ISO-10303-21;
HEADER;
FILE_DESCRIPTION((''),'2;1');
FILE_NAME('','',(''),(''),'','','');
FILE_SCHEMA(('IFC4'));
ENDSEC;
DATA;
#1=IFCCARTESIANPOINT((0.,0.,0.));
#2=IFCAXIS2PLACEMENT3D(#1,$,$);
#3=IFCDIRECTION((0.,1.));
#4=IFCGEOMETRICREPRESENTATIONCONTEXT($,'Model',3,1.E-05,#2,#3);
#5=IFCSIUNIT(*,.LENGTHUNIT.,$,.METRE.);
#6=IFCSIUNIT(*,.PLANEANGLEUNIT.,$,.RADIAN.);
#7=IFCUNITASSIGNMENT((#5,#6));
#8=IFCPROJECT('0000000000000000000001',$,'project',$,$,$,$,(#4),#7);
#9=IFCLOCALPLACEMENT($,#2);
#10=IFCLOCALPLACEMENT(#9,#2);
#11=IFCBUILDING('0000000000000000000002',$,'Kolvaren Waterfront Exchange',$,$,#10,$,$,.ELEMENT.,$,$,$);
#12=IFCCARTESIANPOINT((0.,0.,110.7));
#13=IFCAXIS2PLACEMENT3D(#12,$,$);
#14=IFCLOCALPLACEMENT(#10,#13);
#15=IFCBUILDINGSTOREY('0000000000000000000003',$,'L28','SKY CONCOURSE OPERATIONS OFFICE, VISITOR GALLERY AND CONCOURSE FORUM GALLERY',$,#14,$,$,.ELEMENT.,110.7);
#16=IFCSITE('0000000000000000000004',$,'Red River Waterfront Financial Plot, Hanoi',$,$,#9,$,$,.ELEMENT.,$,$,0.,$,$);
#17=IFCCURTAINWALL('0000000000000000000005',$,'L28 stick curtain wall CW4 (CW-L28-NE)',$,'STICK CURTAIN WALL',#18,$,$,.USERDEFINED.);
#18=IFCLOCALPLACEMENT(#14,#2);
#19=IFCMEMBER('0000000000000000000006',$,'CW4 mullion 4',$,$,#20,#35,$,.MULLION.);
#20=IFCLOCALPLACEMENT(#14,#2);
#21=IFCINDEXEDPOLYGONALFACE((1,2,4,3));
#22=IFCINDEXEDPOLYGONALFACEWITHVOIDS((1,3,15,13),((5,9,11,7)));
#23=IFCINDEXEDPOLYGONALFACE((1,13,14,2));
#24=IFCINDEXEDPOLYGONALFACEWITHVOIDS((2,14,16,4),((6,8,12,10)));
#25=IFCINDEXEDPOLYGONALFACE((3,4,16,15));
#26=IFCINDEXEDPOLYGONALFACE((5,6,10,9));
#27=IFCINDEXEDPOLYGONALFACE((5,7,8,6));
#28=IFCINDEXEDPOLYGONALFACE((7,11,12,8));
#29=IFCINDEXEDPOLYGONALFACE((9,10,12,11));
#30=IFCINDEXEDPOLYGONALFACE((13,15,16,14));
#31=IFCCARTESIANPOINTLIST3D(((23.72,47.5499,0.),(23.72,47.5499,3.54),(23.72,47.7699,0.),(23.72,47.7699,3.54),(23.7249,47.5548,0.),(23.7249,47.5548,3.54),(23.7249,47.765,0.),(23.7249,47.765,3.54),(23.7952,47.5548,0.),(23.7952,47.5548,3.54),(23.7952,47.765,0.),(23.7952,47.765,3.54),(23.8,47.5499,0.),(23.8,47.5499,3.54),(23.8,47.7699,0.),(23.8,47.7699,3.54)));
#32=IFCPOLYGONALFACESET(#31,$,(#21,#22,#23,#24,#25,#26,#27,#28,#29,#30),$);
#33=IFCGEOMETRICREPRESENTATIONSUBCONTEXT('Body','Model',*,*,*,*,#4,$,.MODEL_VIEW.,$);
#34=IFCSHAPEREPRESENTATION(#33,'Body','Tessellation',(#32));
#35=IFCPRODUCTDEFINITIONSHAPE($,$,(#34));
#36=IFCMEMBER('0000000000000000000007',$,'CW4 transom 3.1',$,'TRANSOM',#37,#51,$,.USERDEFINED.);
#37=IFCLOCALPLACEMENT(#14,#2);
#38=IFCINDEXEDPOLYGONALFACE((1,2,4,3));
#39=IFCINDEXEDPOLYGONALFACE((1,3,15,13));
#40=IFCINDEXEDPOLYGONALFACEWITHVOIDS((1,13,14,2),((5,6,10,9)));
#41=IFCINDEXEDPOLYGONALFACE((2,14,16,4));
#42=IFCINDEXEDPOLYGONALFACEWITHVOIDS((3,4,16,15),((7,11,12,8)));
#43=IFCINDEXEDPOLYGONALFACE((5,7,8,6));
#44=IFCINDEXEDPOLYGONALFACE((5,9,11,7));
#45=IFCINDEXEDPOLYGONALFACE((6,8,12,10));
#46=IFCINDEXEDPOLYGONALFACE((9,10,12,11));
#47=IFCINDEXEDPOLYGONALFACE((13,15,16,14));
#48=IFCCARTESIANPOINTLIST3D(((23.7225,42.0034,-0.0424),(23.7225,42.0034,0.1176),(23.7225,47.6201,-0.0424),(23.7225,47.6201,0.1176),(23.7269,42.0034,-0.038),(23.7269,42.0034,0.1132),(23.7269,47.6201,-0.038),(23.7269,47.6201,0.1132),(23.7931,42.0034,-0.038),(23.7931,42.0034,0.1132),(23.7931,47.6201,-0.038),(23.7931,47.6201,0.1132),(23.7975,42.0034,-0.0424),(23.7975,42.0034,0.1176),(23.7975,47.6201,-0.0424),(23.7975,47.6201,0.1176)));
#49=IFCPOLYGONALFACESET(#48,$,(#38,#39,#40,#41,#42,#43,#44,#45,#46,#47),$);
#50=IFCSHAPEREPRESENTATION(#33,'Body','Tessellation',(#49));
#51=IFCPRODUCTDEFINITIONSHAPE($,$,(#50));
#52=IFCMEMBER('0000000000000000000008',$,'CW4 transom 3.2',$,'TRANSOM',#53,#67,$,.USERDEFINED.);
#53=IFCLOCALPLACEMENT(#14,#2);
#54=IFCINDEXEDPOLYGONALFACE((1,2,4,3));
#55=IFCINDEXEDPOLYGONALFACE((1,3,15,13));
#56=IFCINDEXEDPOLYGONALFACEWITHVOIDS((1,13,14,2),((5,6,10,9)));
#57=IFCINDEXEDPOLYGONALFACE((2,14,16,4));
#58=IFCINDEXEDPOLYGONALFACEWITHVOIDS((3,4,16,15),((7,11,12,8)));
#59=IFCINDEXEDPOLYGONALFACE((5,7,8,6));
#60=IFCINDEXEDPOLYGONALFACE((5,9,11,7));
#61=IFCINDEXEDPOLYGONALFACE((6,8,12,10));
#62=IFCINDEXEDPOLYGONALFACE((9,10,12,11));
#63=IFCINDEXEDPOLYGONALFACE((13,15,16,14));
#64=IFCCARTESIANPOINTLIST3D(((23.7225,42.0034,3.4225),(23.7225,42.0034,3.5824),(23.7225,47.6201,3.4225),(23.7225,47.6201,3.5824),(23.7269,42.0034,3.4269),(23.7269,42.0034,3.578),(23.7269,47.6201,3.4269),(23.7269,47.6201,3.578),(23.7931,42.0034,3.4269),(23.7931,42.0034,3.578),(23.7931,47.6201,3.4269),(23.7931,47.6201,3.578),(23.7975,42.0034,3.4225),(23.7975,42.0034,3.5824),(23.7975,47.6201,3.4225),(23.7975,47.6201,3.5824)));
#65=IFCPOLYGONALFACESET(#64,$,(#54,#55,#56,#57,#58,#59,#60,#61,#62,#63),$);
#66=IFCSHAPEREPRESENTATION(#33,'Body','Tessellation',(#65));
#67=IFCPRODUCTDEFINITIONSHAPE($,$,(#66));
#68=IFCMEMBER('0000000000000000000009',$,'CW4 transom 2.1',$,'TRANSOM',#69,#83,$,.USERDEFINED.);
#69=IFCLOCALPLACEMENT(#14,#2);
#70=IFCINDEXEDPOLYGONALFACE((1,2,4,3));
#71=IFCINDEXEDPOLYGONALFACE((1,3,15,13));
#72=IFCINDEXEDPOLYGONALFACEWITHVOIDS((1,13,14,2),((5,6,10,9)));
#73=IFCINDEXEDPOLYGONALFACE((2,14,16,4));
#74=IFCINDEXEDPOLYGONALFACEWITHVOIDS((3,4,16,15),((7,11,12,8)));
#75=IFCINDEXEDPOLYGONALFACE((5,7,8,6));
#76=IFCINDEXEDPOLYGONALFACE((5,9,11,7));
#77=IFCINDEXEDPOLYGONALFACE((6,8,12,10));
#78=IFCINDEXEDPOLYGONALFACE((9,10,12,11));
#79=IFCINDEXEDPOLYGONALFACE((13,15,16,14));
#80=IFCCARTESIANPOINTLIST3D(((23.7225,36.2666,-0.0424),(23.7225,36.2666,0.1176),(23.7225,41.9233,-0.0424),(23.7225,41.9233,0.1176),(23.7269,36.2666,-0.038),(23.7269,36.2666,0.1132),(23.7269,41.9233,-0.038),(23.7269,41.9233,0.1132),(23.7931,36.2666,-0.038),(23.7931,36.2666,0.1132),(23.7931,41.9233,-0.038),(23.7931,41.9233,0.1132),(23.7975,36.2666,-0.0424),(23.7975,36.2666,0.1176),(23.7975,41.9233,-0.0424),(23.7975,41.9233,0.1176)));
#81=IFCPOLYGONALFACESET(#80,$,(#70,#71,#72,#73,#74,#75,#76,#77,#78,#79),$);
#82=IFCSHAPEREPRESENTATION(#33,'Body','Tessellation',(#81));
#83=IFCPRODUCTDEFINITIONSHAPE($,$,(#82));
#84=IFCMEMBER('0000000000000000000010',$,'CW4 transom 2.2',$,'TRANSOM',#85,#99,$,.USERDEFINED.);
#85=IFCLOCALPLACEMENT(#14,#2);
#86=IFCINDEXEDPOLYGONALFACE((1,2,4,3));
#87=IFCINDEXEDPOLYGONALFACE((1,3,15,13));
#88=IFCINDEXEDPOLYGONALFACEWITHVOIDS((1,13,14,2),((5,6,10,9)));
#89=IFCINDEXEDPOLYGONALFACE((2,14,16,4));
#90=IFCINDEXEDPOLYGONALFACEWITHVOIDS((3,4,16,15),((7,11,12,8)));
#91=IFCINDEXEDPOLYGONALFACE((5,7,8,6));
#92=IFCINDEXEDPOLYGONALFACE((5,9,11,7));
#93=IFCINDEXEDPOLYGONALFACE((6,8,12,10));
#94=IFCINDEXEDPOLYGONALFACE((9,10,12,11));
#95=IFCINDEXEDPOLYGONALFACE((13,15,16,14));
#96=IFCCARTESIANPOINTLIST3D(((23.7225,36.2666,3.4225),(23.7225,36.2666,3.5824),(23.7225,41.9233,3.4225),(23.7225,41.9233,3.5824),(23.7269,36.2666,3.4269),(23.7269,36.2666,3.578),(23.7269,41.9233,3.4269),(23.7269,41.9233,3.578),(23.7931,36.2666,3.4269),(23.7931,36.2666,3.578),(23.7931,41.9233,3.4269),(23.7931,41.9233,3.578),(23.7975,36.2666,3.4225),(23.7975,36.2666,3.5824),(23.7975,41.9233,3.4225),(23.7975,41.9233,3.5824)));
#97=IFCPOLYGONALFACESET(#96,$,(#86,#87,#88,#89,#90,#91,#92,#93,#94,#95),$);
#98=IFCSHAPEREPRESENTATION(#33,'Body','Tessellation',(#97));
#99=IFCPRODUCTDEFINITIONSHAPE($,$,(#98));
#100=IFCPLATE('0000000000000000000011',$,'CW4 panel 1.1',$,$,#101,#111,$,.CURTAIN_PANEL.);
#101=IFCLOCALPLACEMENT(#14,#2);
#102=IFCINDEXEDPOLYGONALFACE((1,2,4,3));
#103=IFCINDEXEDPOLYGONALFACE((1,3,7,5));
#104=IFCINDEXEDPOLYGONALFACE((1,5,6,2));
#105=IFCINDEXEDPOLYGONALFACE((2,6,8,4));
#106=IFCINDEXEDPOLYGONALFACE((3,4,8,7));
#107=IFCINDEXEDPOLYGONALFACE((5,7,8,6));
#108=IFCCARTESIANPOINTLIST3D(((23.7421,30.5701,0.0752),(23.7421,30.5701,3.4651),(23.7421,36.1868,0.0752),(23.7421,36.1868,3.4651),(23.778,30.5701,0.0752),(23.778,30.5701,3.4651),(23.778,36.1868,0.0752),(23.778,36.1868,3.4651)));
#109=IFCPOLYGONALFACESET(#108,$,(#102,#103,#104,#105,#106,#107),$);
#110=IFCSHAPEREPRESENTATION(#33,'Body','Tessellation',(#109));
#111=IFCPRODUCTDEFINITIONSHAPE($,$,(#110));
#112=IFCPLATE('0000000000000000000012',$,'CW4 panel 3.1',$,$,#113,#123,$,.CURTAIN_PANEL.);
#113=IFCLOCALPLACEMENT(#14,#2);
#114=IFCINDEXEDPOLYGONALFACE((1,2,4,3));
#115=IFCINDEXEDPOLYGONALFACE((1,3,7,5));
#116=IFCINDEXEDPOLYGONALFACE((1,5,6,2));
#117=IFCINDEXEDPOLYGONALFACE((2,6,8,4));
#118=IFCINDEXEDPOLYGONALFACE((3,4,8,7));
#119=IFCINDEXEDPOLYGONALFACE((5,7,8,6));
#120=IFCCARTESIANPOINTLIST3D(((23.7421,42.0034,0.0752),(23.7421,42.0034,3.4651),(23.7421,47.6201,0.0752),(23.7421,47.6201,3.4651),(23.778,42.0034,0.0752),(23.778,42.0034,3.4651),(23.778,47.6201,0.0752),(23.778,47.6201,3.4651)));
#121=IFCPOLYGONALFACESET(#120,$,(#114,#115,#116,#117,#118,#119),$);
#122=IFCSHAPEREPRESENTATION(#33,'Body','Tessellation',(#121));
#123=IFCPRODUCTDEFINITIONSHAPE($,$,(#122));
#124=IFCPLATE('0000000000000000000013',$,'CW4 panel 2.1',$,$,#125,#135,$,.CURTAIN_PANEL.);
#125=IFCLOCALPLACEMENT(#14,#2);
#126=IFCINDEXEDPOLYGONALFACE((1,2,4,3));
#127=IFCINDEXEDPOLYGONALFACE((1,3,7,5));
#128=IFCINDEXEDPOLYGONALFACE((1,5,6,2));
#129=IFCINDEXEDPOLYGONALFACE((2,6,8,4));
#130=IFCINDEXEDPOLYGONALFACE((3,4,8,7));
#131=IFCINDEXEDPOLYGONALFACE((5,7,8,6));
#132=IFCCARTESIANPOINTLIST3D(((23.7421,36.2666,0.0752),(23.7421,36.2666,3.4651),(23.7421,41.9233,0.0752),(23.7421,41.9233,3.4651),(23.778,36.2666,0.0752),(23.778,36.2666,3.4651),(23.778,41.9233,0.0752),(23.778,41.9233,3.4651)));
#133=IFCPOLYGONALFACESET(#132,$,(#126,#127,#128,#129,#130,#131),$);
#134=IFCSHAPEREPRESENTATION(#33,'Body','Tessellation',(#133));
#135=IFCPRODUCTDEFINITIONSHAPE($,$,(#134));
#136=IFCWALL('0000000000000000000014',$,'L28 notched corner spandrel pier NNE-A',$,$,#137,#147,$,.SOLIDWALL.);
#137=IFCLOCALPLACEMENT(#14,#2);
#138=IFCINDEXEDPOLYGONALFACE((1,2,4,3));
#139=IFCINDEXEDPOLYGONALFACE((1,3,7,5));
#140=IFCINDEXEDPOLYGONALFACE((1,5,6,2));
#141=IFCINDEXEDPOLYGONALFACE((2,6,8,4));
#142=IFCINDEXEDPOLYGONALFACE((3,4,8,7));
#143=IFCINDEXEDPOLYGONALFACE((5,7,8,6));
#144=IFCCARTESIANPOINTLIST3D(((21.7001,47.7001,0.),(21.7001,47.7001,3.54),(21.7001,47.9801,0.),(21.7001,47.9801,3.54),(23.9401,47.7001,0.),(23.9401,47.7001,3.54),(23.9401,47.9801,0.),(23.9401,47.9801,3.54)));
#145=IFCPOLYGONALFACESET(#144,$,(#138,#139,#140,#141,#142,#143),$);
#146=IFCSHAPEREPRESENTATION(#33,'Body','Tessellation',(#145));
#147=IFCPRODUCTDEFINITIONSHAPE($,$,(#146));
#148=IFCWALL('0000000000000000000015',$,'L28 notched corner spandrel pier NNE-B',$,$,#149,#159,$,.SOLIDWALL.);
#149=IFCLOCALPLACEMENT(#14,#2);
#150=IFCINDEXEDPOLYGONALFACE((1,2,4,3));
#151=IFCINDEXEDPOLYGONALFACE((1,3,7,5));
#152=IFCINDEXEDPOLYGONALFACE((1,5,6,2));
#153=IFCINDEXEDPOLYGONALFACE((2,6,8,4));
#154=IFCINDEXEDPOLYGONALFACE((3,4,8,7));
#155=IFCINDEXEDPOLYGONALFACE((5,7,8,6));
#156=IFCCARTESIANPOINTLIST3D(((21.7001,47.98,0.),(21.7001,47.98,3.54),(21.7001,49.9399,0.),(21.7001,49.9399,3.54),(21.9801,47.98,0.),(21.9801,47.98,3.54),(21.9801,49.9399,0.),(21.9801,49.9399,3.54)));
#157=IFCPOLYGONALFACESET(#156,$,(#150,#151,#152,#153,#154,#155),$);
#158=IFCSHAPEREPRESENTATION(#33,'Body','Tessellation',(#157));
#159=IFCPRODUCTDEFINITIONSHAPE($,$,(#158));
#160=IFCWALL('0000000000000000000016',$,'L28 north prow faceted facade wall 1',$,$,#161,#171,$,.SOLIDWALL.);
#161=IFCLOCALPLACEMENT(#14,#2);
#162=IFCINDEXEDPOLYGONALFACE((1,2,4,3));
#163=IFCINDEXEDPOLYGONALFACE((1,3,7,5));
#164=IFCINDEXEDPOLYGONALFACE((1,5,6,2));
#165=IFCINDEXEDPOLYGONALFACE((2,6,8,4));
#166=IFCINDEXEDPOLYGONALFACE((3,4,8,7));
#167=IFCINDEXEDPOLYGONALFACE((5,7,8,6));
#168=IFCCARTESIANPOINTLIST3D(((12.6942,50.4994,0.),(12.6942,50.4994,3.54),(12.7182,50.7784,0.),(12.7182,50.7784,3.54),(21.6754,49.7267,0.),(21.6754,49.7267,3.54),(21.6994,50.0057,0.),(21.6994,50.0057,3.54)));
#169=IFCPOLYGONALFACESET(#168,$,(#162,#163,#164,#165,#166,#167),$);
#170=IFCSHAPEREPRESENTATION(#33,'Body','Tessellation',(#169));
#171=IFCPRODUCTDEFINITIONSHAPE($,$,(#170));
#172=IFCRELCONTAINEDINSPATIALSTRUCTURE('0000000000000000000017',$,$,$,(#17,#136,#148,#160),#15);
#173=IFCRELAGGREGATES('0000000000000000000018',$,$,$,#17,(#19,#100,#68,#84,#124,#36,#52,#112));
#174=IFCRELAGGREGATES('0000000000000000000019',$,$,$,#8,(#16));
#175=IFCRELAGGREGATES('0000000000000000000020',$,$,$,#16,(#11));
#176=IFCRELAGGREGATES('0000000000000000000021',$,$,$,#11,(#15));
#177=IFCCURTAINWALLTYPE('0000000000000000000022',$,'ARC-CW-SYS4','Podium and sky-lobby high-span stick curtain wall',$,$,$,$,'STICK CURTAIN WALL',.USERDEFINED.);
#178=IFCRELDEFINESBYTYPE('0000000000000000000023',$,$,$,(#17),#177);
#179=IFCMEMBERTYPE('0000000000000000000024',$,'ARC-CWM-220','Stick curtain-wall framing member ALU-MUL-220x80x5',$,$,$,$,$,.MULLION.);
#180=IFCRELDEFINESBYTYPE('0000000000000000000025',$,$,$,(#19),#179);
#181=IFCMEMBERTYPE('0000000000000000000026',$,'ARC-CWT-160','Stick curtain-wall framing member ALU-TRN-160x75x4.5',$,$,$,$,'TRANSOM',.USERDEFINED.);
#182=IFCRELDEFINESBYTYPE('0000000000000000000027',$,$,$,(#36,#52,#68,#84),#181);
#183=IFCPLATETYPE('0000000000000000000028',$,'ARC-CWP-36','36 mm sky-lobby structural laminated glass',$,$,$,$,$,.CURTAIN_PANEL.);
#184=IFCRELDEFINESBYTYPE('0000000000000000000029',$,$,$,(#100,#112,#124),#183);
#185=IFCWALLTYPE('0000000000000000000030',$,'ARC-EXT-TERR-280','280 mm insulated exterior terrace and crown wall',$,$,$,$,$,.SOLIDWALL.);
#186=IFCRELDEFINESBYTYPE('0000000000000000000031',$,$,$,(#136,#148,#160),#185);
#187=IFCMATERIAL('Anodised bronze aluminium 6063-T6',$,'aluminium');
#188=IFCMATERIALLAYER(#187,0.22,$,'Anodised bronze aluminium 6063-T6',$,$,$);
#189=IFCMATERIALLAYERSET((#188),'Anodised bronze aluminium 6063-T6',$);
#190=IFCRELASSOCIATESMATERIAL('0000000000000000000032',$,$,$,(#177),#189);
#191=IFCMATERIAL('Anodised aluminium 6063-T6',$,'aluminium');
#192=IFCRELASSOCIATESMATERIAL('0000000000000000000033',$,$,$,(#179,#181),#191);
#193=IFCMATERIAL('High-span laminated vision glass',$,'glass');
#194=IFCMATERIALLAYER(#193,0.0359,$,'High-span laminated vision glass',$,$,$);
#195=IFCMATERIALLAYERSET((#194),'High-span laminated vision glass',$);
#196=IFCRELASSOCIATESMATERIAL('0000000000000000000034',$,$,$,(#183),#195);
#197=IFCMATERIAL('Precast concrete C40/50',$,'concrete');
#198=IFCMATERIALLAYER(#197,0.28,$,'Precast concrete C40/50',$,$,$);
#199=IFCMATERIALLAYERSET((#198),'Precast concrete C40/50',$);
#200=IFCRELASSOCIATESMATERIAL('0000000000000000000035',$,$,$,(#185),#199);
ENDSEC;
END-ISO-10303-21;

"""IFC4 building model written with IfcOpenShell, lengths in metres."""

from ifc_helpers import new_model, si_unit, direction, frame, frame_2d, origin, origin_with_axes, origin_2d, place, context, subcontext, project, spatial, rectangle, hollow_rectangle, extrude, source, transform, mapped, material, layer, layer_set, material_profile, profile_set, type_object, element, aggregate, save


model = new_model("IFC4")

# Units and contexts
model_context = context("Model", 3, precision=1e-05, world=origin(), true_north=direction((0.0, 1.0)))
body_context = subcontext(model_context, "Body", "Model", "MODEL_VIEW")
ifc_project = project(units=[si_unit("LENGTHUNIT", "METRE"), si_unit("PLANEANGLEUNIT", "RADIAN")], contexts=[model_context])

# Site, building, storey
site_placement = place(None, origin())
site = spatial("IfcSite", under=ifc_project, at=site_placement, Name="Red River Waterfront Financial Plot, Hanoi", CompositionType="ELEMENT", RefElevation=0.0)
building_placement = place(site_placement, origin())
building = spatial("IfcBuilding", under=site, at=building_placement, Name="Kolvaren Waterfront Exchange", CompositionType="ELEMENT")
storey_placement = place(building_placement, frame((0.0, 0.0, 110.7)))
storey = spatial("IfcBuildingStorey", under=building, at=storey_placement, Name="L28", Description="SKY CONCOURSE OPERATIONS OFFICE, VISITOR GALLERY AND CONCOURSE FORUM GALLERY", CompositionType="ELEMENT", Elevation=110.7)

# Curtain wall, members, plates
ifc_material_1 = material(Name="Anodised bronze aluminium 6063-T6", Category="aluminium")
ifc_layer_1 = layer(ifc_material_1, 0.22, Name="Anodised bronze aluminium 6063-T6")
ifc_layer_set_1 = layer_set([ifc_layer_1], Name="Anodised bronze aluminium 6063-T6")
curtain_wall_type = type_object("IfcCurtainWallType", Name="ARC-CW-SYS4", Description="Podium and sky-lobby high-span stick curtain wall", ElementType="STICK CURTAIN WALL", PredefinedType="USERDEFINED", material=ifc_layer_set_1)
curtain_wall_placement = place(storey_placement, origin())
curtain_wall = element("IfcCurtainWall", 1, at=curtain_wall_placement, inside=storey, type_object=curtain_wall_type, Name="L28 stick curtain wall CW4 (CW-L28-NE)", ObjectType="STICK CURTAIN WALL", PredefinedType="USERDEFINED")
ifc_material_2 = material(Name="Anodised aluminium 6063-T6", Category="aluminium")
ifc_material_profile_1 = material_profile(ifc_material_2, hollow_rectangle(XDim=0.0801, YDim=0.22, WallThickness=0.0049, at=origin_2d()), Name="ALU-MUL-220x80x5")
ifc_profile_set_1 = profile_set([ifc_material_profile_1], Name="Anodised aluminium 6063-T6")
member_type_1 = type_object("IfcMemberType", Name="ARC-CWM-220", Description="Stick curtain-wall framing member ALU-MUL-220x80x5", PredefinedType="MULLION", material=ifc_profile_set_1)
shared_shape_1 = source(origin_with_axes(), body_context, "Body", "SweptSolid", [
    extrude(hollow_rectangle(XDim=0.0801, YDim=0.22, WallThickness=0.0049, at=origin_2d()), origin(), (0.0, 0.0, 1.0), 3.54),
])
member_1_placement = place(storey_placement, frame((23.76, 47.6599, 0.0), z_axis=(0.0, 0.0, 1.0), x_axis=(-1.0, 0.0, 0.0)))
member_1 = element("IfcMember", 2, at=member_1_placement, type_object=member_type_1, Name="CW4 mullion 4", PredefinedType="MULLION", context=body_context, shape_type="MappedRepresentation", body=[
    mapped(shared_shape_1, transform((0.0, 0.0, 0.0), x_axis=(1.0, 0.0, 0.0), y_axis=(0.0, 1.0, 0.0), z_axis=(0.0, 0.0, 1.0), scale=1.0)),
])
ifc_material_profile_2 = material_profile(ifc_material_2, hollow_rectangle(XDim=0.075, YDim=0.1599, WallThickness=0.0044, at=origin_2d()), Name="ALU-TRN-160x75x4.5")
ifc_profile_set_2 = profile_set([ifc_material_profile_2], Name="Anodised aluminium 6063-T6")
member_type_2 = type_object("IfcMemberType", Name="ARC-CWT-160", Description="Stick curtain-wall framing member ALU-TRN-160x75x4.5", ElementType="TRANSOM", PredefinedType="USERDEFINED", material=ifc_profile_set_2)
shared_shape_2 = source(origin_with_axes(), body_context, "Body", "SweptSolid", [
    extrude(hollow_rectangle(XDim=0.075, YDim=0.1599, WallThickness=0.0044, at=origin_2d()), origin(), (0.0, 0.0, 1.0), 5.6167),
])
member_2_placement = place(storey_placement, frame((23.76, 42.0034, 0.0376), z_axis=(0.0, 1.0, 0.0), x_axis=(-1.0, 0.0, 0.0)))
member_2 = element("IfcMember", 3, at=member_2_placement, type_object=member_type_2, Name="CW4 transom 3.1", ObjectType="TRANSOM", PredefinedType="USERDEFINED", context=body_context, shape_type="MappedRepresentation", body=[
    mapped(shared_shape_2, transform((0.0, 0.0, 0.0), x_axis=(1.0, 0.0, 0.0), y_axis=(0.0, 1.0, 0.0), z_axis=(0.0, 0.0, 1.0), scale=1.0)),
])
member_3_placement = place(storey_placement, frame((23.76, 42.0034, 3.5024), z_axis=(0.0, 1.0, 0.0), x_axis=(-1.0, 0.0, 0.0)))
member_3 = element("IfcMember", 4, at=member_3_placement, type_object=member_type_2, Name="CW4 transom 3.2", ObjectType="TRANSOM", PredefinedType="USERDEFINED", context=body_context, shape_type="MappedRepresentation", body=[
    mapped(shared_shape_2, transform((0.0, 0.0, 0.0), x_axis=(1.0, 0.0, 0.0), y_axis=(0.0, 1.0, 0.0), z_axis=(0.0, 0.0, 1.0), scale=1.0)),
])
shared_shape_3 = source(origin_with_axes(), body_context, "Body", "SweptSolid", [
    extrude(hollow_rectangle(XDim=0.075, YDim=0.1599, WallThickness=0.0044, at=origin_2d()), origin(), (0.0, 0.0, 1.0), 5.6567),
])
member_4_placement = place(storey_placement, frame((23.76, 36.2666, 0.0376), z_axis=(0.0, 1.0, 0.0), x_axis=(-1.0, 0.0, 0.0)))
member_4 = element("IfcMember", 5, at=member_4_placement, type_object=member_type_2, Name="CW4 transom 2.1", ObjectType="TRANSOM", PredefinedType="USERDEFINED", context=body_context, shape_type="MappedRepresentation", body=[
    mapped(shared_shape_3, transform((0.0, 0.0, 0.0), x_axis=(1.0, 0.0, 0.0), y_axis=(0.0, 1.0, 0.0), z_axis=(0.0, 0.0, 1.0), scale=1.0)),
])
member_5_placement = place(storey_placement, frame((23.76, 36.2666, 3.5024), z_axis=(0.0, 1.0, 0.0), x_axis=(-1.0, 0.0, 0.0)))
member_5 = element("IfcMember", 6, at=member_5_placement, type_object=member_type_2, Name="CW4 transom 2.2", ObjectType="TRANSOM", PredefinedType="USERDEFINED", context=body_context, shape_type="MappedRepresentation", body=[
    mapped(shared_shape_3, transform((0.0, 0.0, 0.0), x_axis=(1.0, 0.0, 0.0), y_axis=(0.0, 1.0, 0.0), z_axis=(0.0, 0.0, 1.0), scale=1.0)),
])
ifc_material_3 = material(Name="High-span laminated vision glass", Category="glass")
ifc_layer_2 = layer(ifc_material_3, 0.0359, Name="High-span laminated vision glass")
ifc_layer_set_2 = layer_set([ifc_layer_2], Name="High-span laminated vision glass")
plate_type = type_object("IfcPlateType", Name="ARC-CWP-36", Description="36 mm sky-lobby structural laminated glass", PredefinedType="CURTAIN_PANEL", material=ifc_layer_set_2)
shared_shape_4 = source(origin_with_axes(), body_context, "Body", "SweptSolid", [
    extrude(rectangle(XDim=5.6167, YDim=0.0359, at=origin_2d()), origin(), (0.0, 0.0, 1.0), 3.3899),
])
plate_1_placement = place(storey_placement, frame((23.76, 33.3784, 0.0752), z_axis=(0.0, 0.0, 1.0), x_axis=(0.0, 1.0, 0.0)))
plate_1 = element("IfcPlate", 7, at=plate_1_placement, type_object=plate_type, Name="CW4 panel 1.1", PredefinedType="CURTAIN_PANEL", context=body_context, shape_type="MappedRepresentation", body=[
    mapped(shared_shape_4, transform((0.0, 0.0, 0.0), x_axis=(1.0, 0.0, 0.0), y_axis=(0.0, 1.0, 0.0), z_axis=(0.0, 0.0, 1.0), scale=1.0)),
])
plate_2_placement = place(storey_placement, frame((23.76, 44.8118, 0.0752), z_axis=(0.0, 0.0, 1.0), x_axis=(0.0, 1.0, 0.0)))
plate_2 = element("IfcPlate", 8, at=plate_2_placement, type_object=plate_type, Name="CW4 panel 3.1", PredefinedType="CURTAIN_PANEL", context=body_context, shape_type="MappedRepresentation", body=[
    mapped(shared_shape_4, transform((0.0, 0.0, 0.0), x_axis=(1.0, 0.0, 0.0), y_axis=(0.0, 1.0, 0.0), z_axis=(0.0, 0.0, 1.0), scale=1.0)),
])
shared_shape_5 = source(origin_with_axes(), body_context, "Body", "SweptSolid", [
    extrude(rectangle(XDim=5.6567, YDim=0.0359, at=origin_2d()), origin(), (0.0, 0.0, 1.0), 3.3899),
])
plate_3_placement = place(storey_placement, frame((23.76, 39.095, 0.0752), z_axis=(0.0, 0.0, 1.0), x_axis=(0.0, 1.0, 0.0)))
plate_3 = element("IfcPlate", 9, at=plate_3_placement, type_object=plate_type, Name="CW4 panel 2.1", PredefinedType="CURTAIN_PANEL", context=body_context, shape_type="MappedRepresentation", body=[
    mapped(shared_shape_5, transform((0.0, 0.0, 0.0), x_axis=(1.0, 0.0, 0.0), y_axis=(0.0, 1.0, 0.0), z_axis=(0.0, 0.0, 1.0), scale=1.0)),
])
aggregate(curtain_wall, [member_1, plate_1, member_4, member_5, plate_3, member_2, member_3, plate_2])

# Walls
ifc_material_4 = material(Name="Precast concrete C40/50", Category="concrete")
ifc_layer_3 = layer(ifc_material_4, 0.28, Name="Precast concrete C40/50")
ifc_layer_set_3 = layer_set([ifc_layer_3], Name="Precast concrete C40/50")
wall_type = type_object("IfcWallType", Name="ARC-EXT-TERR-280", Description="280 mm insulated exterior terrace and crown wall", PredefinedType="SOLIDWALL", material=ifc_layer_set_3)
wall_1_placement = place(storey_placement, frame((21.7, 47.8401, 0.0), z_axis=(0.0, 0.0, 1.0), x_axis=(1.0, 0.0, 0.0)))
element("IfcWall", 10, at=wall_1_placement, inside=storey, type_object=wall_type, Name="L28 notched corner spandrel pier NNE-A", PredefinedType="SOLIDWALL", context=body_context, shape_type="SweptSolid", body=[
    extrude(rectangle(XDim=2.24, YDim=0.28, at=frame_2d((1.1201, 0.0))), origin(), (0.0, 0.0, 1.0), 3.54),
])
wall_2_placement = place(storey_placement, frame((21.8401, 47.98, 0.0), z_axis=(0.0, 0.0, 1.0), x_axis=(0.0, 1.0, 0.0)))
element("IfcWall", 11, at=wall_2_placement, inside=storey, type_object=wall_type, Name="L28 notched corner spandrel pier NNE-B", PredefinedType="SOLIDWALL", context=body_context, shape_type="SweptSolid", body=[
    extrude(rectangle(XDim=1.96, YDim=0.28, at=frame_2d((0.98, 0.0))), origin(), (0.0, 0.0, 1.0), 3.54),
])
wall_3_placement = place(storey_placement, frame((21.6875, 49.8662, 0.0), z_axis=(0.0, 0.0, 1.0), x_axis=(-0.996319, 0.085719, 0.0)))
element("IfcWall", 12, at=wall_3_placement, inside=storey, type_object=wall_type, Name="L28 north prow faceted facade wall 1", PredefinedType="SOLIDWALL", context=body_context, shape_type="SweptSolid", body=[
    extrude(rectangle(XDim=9.0144, YDim=0.28, at=frame_2d((4.5073, 0.0))), origin(), (0.0, 0.0, 1.0), 3.54),
])

save(model, "model.ifc")
